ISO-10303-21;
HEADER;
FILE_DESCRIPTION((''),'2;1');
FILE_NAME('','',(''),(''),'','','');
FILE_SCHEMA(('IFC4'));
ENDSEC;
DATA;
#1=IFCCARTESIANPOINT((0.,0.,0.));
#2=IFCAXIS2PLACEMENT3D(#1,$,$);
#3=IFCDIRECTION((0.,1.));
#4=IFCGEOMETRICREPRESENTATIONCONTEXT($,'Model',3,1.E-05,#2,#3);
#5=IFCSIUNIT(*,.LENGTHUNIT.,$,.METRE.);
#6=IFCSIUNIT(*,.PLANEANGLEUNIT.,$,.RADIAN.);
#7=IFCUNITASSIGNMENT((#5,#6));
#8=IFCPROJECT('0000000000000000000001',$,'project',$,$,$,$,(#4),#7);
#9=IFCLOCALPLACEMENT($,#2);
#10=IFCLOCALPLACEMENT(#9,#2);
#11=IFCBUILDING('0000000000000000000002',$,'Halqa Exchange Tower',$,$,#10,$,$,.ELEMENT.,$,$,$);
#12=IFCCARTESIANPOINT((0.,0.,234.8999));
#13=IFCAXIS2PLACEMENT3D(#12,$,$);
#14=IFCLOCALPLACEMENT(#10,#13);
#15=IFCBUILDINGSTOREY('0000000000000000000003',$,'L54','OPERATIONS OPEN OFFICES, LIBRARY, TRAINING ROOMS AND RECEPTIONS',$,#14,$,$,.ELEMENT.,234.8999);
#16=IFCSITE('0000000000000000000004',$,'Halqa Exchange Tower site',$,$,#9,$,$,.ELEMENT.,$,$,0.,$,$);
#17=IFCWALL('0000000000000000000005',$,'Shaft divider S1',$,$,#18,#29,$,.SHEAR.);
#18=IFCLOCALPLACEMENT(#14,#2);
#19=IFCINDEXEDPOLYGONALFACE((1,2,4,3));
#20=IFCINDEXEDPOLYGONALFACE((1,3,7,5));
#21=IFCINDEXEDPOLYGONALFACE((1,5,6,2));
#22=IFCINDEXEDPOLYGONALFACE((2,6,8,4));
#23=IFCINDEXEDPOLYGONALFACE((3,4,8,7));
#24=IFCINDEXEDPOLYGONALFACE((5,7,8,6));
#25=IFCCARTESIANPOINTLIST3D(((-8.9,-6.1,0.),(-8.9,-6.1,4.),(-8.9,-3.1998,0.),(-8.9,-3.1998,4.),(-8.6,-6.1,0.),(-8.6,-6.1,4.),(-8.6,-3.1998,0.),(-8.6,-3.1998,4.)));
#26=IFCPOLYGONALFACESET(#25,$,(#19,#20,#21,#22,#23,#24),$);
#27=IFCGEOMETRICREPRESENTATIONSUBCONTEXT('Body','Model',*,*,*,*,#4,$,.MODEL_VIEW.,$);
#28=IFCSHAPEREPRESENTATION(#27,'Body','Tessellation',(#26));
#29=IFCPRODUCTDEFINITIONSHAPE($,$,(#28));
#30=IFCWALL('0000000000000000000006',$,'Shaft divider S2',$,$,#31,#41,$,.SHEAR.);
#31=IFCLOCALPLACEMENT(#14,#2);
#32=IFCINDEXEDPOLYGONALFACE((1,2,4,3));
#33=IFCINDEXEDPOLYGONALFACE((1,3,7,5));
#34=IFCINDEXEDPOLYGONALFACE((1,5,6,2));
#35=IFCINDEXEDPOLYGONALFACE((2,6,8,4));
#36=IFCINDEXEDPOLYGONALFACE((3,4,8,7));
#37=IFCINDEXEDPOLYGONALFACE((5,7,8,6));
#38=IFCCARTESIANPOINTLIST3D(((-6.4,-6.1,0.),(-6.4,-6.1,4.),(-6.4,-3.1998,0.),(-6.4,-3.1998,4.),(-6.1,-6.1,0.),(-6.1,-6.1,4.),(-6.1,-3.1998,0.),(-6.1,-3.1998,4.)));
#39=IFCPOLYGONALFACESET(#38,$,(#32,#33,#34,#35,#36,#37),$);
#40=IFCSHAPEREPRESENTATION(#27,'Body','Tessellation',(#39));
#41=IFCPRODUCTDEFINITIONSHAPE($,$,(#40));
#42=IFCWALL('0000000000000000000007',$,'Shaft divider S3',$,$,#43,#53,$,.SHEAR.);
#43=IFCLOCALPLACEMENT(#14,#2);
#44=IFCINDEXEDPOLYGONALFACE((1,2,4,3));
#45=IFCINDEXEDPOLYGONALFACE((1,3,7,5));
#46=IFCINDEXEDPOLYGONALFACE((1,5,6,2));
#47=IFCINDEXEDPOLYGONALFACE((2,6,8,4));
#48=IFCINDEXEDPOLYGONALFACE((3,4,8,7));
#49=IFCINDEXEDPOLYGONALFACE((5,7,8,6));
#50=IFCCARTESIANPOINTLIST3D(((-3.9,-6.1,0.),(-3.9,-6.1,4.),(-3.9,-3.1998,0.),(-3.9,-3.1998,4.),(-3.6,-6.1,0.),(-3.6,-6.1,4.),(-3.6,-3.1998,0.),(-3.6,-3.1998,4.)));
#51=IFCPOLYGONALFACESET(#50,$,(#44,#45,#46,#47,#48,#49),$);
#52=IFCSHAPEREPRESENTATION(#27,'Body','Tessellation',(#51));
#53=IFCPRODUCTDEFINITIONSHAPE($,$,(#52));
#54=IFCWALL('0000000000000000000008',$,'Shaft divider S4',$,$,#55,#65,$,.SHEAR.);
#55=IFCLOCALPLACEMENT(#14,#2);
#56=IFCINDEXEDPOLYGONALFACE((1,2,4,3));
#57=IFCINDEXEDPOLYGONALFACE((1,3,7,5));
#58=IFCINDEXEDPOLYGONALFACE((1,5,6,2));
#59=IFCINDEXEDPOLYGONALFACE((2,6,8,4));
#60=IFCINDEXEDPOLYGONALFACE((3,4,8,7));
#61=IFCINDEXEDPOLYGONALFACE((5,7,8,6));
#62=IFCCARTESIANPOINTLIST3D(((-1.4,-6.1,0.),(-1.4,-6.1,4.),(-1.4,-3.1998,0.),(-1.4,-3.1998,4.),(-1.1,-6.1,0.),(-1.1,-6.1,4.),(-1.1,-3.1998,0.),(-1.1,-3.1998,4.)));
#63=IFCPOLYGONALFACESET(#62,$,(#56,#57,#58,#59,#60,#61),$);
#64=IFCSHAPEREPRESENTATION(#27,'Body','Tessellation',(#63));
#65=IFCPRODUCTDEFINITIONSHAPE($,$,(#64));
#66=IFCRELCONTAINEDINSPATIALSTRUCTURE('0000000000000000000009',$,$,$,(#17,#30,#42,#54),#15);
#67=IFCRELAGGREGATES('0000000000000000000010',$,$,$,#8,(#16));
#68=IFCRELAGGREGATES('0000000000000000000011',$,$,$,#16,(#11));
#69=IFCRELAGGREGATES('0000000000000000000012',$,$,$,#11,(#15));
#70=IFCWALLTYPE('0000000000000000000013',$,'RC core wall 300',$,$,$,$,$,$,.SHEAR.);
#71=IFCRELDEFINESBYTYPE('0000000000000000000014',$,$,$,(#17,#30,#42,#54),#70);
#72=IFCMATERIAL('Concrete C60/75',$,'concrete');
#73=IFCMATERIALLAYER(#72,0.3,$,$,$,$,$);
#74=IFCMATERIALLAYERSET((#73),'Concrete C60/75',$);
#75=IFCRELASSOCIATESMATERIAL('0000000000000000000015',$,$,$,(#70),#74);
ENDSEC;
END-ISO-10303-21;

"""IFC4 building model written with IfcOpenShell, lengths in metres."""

from ifc_helpers import new_model, si_unit, direction, frame, frame_2d, origin, place, context, subcontext, project, spatial, rectangle, extrude, material, layer, layer_set, type_object, element, save


model = new_model("IFC4")

# Units and contexts
model_context = context("Model", 3, precision=1e-05, world=origin(), true_north=direction((0.0, 1.0)))
body_context = subcontext(model_context, "Body", "Model", "MODEL_VIEW")
ifc_project = project(units=[si_unit("LENGTHUNIT", "METRE"), si_unit("PLANEANGLEUNIT", "RADIAN")], contexts=[model_context])

# Site, building, storey
site_placement = place(None, origin())
site = spatial("IfcSite", under=ifc_project, at=site_placement, Name="Halqa Exchange Tower site", CompositionType="ELEMENT", RefElevation=0.0)
building_placement = place(site_placement, origin())
building = spatial("IfcBuilding", under=site, at=building_placement, Name="Halqa Exchange Tower", CompositionType="ELEMENT")
storey_placement = place(building_placement, frame((0.0, 0.0, 234.8999)))
storey = spatial("IfcBuildingStorey", under=building, at=storey_placement, Name="L54", Description="OPERATIONS OPEN OFFICES, LIBRARY, TRAINING ROOMS AND RECEPTIONS", CompositionType="ELEMENT", Elevation=234.8999)

# Walls
ifc_material_1 = material(Name="Concrete C60/75", Category="concrete")
ifc_layer_1 = layer(ifc_material_1, 0.3)
ifc_layer_set_1 = layer_set([ifc_layer_1], Name="Concrete C60/75")
wall_type_1 = type_object("IfcWallType", Name="RC core wall 300", PredefinedType="SHEAR", material=ifc_layer_set_1)
for number, where, z_axis, x_axis, name in (
    (1, (-8.75, -6.1001, 0.0), (0.0, 0.0, 1.0), (0.0, 1.0, 0.0), "Shaft divider S1"),
    (2, (-6.25, -6.1001, 0.0), (0.0, 0.0, 1.0), (0.0, 1.0, 0.0), "Shaft divider S2"),
    (3, (-3.75, -6.1001, 0.0), (0.0, 0.0, 1.0), (0.0, 1.0, 0.0), "Shaft divider S3"),
    (4, (-1.25, -6.1001, 0.0), (0.0, 0.0, 1.0), (0.0, 1.0, 0.0), "Shaft divider S4"),
):
    element("IfcWall", number, at=place(storey_placement, frame(where, z_axis=z_axis, x_axis=x_axis)), inside=storey, type_object=wall_type_1, Name=name, PredefinedType="SHEAR", context=body_context, shape_type="SweptSolid", body=[
        extrude(rectangle(XDim=2.9001, YDim=0.3, at=frame_2d((1.4502, 0.0))), origin(), (0.0, 0.0, 1.0), 4.0),
    ])

save(model, "model.ifc")
